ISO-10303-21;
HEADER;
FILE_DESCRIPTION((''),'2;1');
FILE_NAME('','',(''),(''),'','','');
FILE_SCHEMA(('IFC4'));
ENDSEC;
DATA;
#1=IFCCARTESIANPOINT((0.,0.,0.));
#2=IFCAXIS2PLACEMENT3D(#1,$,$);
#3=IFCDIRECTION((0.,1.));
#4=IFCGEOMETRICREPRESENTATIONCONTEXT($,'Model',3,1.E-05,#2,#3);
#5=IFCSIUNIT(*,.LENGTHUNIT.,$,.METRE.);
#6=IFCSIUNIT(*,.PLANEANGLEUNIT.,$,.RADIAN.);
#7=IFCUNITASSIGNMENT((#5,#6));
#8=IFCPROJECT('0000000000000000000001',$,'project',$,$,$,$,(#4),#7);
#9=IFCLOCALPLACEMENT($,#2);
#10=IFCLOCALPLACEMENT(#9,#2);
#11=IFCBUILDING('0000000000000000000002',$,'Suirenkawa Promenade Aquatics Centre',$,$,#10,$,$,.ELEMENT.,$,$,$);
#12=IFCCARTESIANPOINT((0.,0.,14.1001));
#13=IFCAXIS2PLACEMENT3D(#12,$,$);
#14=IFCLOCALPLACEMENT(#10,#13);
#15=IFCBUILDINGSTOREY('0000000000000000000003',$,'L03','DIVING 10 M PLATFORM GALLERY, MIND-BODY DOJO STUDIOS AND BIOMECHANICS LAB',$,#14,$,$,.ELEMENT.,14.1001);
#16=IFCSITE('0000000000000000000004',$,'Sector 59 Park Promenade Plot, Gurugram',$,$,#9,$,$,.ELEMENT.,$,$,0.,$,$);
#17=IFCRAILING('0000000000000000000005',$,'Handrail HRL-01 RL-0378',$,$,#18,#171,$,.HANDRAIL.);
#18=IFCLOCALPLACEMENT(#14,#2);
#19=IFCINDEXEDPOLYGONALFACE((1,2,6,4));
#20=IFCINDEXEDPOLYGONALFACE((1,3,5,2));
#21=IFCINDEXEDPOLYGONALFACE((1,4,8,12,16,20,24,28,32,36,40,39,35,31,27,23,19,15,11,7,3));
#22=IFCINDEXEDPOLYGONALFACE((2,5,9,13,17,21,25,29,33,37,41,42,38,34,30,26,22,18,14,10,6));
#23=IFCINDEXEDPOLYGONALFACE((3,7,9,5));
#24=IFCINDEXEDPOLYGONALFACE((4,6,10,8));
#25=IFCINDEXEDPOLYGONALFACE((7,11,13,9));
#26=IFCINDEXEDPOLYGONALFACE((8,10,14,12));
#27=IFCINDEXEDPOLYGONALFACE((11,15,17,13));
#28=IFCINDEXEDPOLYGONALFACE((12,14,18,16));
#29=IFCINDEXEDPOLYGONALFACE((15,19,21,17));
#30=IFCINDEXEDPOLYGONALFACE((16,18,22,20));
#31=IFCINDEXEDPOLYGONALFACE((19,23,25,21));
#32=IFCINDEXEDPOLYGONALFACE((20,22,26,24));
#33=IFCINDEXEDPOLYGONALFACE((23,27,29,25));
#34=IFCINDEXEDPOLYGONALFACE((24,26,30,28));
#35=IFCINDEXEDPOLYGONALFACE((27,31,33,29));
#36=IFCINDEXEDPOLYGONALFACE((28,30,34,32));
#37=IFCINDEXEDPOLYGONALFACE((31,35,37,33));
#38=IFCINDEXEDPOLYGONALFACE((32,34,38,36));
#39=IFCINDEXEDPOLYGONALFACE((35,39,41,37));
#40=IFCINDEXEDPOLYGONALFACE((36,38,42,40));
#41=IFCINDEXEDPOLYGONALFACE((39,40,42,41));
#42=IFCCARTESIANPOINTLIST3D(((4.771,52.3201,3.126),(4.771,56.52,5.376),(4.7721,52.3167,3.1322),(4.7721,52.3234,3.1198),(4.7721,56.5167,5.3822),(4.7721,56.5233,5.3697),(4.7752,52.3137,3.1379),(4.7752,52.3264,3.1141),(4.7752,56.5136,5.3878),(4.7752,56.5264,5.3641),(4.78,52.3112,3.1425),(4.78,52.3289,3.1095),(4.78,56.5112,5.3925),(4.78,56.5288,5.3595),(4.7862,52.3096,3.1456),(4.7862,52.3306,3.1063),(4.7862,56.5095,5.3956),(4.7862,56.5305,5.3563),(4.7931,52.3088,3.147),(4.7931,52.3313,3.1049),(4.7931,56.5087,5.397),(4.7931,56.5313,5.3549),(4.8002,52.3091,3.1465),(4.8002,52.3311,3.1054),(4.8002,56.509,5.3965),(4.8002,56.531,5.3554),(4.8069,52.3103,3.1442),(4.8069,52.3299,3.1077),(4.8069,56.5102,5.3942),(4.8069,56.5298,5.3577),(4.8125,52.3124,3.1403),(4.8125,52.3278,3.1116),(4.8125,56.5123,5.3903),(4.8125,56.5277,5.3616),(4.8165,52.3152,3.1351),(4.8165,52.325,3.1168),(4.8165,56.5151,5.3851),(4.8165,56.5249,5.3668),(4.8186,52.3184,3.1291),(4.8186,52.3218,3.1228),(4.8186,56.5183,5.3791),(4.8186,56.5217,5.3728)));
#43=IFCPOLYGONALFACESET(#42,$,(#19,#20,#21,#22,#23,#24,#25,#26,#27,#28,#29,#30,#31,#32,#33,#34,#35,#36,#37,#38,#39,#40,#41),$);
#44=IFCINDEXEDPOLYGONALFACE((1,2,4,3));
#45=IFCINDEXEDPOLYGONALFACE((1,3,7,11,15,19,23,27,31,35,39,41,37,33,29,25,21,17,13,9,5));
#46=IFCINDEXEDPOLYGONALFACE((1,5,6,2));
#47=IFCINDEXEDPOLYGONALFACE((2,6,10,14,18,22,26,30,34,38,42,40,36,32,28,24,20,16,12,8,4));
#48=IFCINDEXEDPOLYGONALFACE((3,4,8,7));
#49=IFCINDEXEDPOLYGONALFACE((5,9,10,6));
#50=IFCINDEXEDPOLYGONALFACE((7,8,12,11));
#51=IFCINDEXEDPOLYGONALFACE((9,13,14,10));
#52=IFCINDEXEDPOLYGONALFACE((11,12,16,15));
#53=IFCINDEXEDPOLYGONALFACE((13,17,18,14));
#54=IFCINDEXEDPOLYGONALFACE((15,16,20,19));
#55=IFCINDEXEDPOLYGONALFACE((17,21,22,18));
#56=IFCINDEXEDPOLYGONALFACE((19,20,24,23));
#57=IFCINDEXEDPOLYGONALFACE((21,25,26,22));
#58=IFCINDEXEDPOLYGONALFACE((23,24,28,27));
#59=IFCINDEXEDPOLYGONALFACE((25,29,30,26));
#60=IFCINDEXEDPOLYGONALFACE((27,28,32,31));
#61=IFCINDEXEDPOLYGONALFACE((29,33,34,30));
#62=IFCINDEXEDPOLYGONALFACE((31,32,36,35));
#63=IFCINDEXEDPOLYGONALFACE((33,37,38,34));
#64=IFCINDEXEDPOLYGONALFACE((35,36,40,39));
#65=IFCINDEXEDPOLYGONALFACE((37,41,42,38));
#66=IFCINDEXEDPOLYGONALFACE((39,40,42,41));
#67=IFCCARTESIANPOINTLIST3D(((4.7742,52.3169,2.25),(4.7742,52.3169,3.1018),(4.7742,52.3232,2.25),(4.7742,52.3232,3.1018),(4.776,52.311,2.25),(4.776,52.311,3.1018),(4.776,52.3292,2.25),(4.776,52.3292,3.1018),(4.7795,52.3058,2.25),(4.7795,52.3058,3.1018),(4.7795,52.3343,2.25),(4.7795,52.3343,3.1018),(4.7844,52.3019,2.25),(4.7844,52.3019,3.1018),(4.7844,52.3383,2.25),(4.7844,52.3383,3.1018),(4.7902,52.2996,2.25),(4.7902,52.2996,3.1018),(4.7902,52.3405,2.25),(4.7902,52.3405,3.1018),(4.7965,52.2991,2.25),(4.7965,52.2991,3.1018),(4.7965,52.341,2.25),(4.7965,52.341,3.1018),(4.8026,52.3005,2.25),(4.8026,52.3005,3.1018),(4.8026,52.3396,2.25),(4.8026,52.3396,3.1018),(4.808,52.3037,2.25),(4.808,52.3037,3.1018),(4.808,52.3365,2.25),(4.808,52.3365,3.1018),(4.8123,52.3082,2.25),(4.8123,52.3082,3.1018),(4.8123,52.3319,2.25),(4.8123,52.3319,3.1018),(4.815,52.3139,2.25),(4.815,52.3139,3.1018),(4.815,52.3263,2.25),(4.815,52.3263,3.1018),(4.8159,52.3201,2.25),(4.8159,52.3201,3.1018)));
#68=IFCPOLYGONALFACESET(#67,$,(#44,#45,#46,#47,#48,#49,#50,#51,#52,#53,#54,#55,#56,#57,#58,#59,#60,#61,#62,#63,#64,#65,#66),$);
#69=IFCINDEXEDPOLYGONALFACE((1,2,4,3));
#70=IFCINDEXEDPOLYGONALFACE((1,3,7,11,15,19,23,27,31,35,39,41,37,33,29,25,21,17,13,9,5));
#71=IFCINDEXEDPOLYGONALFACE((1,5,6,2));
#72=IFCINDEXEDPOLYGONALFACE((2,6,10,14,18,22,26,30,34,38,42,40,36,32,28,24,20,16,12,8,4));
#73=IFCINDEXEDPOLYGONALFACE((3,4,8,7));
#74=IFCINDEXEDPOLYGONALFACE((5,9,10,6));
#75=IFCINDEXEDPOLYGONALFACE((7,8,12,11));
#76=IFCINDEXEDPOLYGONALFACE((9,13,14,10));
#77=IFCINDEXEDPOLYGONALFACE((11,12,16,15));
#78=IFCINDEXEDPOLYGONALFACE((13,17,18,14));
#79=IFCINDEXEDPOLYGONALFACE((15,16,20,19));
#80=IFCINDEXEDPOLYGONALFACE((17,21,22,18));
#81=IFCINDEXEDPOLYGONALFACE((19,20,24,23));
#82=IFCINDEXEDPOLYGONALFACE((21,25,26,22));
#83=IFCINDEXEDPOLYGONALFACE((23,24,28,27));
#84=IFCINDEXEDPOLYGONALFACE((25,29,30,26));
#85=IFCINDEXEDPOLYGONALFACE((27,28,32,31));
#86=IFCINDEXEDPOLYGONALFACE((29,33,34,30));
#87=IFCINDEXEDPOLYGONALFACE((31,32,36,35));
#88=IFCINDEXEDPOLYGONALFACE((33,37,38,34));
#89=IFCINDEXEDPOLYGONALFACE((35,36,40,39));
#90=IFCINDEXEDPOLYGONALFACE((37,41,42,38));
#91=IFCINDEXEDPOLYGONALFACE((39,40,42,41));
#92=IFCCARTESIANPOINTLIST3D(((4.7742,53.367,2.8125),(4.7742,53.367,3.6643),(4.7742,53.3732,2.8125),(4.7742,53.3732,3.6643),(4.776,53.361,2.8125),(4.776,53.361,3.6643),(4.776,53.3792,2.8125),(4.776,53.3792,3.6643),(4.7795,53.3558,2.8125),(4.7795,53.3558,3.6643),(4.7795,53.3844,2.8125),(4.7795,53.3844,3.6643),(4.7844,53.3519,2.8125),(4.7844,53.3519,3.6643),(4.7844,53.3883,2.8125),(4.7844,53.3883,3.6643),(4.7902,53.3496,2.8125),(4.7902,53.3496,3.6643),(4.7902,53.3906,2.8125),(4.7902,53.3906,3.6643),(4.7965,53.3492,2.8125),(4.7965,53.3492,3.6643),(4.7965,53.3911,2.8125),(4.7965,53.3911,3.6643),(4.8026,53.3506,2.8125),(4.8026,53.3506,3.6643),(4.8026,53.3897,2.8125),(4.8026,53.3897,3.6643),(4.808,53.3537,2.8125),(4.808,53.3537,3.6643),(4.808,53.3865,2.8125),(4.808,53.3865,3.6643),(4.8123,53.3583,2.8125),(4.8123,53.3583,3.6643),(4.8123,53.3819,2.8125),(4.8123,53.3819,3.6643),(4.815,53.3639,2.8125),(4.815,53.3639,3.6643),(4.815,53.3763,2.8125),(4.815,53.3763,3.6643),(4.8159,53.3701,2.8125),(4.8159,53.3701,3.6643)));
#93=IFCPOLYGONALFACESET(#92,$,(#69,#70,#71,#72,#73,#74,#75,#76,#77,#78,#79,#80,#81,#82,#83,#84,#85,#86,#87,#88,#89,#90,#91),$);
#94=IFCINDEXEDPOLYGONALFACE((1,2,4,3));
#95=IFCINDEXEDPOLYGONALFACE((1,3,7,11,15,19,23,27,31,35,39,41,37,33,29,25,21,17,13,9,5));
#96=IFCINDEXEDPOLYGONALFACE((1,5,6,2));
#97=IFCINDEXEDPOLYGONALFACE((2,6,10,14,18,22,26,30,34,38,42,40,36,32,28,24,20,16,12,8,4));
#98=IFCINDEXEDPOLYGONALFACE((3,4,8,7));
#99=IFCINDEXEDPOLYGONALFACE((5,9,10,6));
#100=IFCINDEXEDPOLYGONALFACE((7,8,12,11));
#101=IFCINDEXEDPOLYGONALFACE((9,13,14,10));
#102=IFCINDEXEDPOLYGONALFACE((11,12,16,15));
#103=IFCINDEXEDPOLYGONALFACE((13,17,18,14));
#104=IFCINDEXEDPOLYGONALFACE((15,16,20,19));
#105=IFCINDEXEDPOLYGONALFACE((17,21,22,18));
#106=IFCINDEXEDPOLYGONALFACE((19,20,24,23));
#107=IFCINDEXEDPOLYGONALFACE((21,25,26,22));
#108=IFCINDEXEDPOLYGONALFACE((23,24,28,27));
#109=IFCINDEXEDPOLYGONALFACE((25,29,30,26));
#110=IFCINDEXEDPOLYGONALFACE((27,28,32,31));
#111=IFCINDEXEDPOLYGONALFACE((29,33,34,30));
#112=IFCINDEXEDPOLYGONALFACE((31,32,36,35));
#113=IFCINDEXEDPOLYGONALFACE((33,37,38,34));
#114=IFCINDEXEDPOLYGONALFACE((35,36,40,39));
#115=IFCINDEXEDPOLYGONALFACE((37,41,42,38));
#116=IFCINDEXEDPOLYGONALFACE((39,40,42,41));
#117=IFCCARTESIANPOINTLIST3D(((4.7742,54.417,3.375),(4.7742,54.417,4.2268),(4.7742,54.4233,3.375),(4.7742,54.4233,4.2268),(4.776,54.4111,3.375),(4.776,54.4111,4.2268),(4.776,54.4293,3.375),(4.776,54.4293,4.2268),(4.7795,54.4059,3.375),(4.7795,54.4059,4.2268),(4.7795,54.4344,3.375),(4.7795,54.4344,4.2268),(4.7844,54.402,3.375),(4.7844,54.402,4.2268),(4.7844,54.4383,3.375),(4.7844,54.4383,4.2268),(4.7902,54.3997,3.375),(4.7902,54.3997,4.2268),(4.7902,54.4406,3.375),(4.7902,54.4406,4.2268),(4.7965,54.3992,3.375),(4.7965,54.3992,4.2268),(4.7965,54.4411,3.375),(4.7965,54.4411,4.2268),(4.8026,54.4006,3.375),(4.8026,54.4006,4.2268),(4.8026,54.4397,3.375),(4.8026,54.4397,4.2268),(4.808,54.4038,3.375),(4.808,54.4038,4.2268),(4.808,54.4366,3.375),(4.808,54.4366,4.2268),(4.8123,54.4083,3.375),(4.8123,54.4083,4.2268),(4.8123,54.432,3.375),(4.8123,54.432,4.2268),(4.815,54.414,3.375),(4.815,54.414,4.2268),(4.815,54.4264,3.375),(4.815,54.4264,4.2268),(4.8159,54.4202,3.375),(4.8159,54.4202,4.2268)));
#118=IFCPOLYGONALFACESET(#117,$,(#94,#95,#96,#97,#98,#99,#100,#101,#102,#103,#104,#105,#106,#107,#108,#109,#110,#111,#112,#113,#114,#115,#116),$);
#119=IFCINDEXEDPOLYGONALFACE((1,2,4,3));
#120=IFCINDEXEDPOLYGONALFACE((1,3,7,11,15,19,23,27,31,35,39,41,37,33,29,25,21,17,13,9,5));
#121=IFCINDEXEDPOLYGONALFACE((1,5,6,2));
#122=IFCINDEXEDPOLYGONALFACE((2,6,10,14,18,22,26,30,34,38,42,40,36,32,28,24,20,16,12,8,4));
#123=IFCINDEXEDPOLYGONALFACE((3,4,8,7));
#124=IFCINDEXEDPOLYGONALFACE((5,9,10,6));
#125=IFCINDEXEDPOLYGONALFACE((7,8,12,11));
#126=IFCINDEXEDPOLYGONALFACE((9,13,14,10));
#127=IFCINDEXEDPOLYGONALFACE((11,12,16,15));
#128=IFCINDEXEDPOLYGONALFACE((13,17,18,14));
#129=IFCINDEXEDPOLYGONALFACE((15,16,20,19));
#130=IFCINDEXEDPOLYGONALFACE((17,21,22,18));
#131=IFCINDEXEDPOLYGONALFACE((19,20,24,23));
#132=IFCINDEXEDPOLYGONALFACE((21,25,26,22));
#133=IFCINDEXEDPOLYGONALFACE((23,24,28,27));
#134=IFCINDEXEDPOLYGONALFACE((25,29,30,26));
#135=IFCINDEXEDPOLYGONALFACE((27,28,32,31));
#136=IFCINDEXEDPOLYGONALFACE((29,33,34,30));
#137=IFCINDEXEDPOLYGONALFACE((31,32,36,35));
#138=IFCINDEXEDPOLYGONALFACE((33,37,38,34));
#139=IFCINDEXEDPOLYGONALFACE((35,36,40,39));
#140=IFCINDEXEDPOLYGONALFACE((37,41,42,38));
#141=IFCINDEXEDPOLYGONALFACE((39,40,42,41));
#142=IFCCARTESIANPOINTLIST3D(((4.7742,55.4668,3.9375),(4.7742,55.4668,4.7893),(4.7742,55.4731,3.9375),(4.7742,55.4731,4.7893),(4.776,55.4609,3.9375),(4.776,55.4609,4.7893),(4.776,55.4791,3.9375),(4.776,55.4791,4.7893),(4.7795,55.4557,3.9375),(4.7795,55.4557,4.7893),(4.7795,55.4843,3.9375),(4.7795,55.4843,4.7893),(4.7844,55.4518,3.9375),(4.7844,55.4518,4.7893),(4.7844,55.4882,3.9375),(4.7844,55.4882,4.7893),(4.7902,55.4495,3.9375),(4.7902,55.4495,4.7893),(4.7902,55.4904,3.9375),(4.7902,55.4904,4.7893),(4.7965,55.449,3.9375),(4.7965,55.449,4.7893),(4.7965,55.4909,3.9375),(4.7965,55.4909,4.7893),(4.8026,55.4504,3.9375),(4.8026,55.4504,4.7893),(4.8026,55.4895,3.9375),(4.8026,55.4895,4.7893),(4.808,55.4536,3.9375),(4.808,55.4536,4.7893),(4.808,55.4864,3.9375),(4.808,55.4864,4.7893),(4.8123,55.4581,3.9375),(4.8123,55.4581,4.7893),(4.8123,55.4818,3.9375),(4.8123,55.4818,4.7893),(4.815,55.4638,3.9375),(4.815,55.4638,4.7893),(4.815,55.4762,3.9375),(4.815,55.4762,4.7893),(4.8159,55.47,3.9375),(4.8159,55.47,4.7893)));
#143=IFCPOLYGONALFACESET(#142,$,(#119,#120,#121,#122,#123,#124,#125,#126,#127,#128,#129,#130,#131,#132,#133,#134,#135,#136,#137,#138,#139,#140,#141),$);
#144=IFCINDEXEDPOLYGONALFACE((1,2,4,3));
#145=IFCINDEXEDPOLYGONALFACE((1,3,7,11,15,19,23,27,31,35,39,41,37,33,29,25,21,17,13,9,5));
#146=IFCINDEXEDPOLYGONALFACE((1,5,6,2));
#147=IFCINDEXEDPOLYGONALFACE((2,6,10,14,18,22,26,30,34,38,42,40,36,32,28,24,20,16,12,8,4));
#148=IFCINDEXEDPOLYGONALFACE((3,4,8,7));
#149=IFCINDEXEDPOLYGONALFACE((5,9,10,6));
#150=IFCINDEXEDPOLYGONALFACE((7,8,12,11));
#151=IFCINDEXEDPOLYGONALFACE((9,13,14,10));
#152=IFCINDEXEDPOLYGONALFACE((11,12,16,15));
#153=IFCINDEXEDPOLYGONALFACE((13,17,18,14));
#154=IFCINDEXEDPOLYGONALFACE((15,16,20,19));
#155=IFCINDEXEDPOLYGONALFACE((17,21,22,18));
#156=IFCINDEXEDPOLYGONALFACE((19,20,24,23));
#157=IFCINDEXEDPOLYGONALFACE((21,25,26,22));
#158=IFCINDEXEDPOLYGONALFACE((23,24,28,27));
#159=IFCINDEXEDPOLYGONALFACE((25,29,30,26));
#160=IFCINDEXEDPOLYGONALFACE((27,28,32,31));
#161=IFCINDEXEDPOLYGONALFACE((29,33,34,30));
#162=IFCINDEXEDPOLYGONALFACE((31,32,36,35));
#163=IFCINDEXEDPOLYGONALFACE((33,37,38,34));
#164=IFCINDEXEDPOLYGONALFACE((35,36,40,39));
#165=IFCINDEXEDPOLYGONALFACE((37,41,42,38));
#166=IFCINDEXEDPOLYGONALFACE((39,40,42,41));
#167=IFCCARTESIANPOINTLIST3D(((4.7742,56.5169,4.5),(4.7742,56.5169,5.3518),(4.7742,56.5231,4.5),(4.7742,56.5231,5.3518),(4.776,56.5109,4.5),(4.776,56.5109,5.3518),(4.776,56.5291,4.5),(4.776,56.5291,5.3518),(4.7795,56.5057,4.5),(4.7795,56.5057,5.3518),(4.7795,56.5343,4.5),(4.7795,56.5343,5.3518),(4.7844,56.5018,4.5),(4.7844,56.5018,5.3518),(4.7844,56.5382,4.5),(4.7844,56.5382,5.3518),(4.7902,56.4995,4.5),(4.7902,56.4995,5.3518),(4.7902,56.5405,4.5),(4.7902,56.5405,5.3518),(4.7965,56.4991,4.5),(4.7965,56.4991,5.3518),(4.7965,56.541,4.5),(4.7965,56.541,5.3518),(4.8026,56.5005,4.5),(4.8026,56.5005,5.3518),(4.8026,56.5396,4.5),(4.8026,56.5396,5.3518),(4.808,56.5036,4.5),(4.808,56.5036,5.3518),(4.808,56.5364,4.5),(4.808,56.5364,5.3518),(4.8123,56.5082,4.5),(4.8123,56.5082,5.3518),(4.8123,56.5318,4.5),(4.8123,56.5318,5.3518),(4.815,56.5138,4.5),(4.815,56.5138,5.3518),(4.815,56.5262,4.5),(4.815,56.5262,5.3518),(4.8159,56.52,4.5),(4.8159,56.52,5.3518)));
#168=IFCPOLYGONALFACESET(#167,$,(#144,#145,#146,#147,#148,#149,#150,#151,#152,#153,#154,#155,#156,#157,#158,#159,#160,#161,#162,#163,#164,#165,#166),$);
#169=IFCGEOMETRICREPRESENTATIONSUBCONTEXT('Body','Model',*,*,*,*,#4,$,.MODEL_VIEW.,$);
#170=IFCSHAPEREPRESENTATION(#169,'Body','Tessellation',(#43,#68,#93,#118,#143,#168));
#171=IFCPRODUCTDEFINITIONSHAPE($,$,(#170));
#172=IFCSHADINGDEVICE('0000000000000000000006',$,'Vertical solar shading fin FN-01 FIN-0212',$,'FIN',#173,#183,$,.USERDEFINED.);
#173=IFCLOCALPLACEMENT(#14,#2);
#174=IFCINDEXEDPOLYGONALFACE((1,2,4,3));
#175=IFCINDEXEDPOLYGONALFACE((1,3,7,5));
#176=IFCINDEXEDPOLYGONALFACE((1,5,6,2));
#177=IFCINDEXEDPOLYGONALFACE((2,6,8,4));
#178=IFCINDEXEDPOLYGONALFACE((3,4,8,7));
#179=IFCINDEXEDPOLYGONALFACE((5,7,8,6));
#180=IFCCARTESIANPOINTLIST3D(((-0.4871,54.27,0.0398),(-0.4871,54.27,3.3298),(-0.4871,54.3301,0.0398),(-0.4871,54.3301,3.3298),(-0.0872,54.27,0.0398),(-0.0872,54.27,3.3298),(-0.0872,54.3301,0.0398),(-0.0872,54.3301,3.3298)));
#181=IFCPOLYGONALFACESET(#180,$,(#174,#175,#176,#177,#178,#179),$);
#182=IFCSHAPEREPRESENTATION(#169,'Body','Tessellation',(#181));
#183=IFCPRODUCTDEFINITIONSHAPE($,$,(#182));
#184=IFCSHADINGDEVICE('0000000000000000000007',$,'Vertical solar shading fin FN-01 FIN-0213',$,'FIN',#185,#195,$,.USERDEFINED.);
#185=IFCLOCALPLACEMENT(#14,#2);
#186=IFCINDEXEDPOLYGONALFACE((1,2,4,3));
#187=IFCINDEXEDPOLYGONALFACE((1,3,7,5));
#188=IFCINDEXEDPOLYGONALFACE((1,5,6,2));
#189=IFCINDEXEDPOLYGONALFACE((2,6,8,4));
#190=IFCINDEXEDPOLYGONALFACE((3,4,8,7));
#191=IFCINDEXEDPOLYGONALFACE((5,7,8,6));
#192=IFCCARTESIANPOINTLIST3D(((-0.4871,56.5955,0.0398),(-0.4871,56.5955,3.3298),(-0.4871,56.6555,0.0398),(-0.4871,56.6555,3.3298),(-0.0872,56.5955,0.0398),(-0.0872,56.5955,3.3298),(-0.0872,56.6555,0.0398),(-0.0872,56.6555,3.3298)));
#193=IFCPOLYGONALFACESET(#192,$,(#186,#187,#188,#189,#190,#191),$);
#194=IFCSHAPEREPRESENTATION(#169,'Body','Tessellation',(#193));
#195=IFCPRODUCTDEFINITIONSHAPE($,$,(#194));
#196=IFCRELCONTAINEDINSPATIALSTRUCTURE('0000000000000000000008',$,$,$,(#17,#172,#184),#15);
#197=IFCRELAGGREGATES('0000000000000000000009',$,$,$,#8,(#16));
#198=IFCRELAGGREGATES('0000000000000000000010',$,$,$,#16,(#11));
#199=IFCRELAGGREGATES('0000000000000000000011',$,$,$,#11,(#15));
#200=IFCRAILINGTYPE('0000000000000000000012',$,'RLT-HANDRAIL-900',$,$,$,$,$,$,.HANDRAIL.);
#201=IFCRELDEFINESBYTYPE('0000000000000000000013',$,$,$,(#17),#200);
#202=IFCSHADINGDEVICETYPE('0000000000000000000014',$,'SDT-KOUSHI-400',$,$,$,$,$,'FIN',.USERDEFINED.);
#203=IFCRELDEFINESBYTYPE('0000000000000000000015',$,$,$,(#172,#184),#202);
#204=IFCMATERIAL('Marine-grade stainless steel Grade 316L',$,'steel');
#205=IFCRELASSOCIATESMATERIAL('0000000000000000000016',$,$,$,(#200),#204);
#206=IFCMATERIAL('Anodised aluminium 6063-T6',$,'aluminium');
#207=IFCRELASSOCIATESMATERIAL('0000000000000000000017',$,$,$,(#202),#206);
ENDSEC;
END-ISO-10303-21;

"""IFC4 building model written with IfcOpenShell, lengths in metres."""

from ifc_helpers import new_model, si_unit, direction, frame, origin, origin_2d, place, context, subcontext, project, spatial, rectangle, circle, extrude, material, type_object, element, save


model = new_model("IFC4")

# Units and contexts
model_context = context("Model", 3, precision=1e-05, world=origin(), true_north=direction((0.0, 1.0)))
body_context = subcontext(model_context, "Body", "Model", "MODEL_VIEW")
ifc_project = project(units=[si_unit("LENGTHUNIT", "METRE"), si_unit("PLANEANGLEUNIT", "RADIAN")], contexts=[model_context])

# Site, building, storey
site_placement = place(None, origin())
site = spatial("IfcSite", under=ifc_project, at=site_placement, Name="Sector 59 Park Promenade Plot, Gurugram", CompositionType="ELEMENT", RefElevation=0.0)
building_placement = place(site_placement, origin())
building = spatial("IfcBuilding", under=site, at=building_placement, Name="Suirenkawa Promenade Aquatics Centre", CompositionType="ELEMENT")
storey_placement = place(building_placement, frame((0.0, 0.0, 14.1001)))
storey = spatial("IfcBuildingStorey", under=building, at=storey_placement, Name="L03", Description="DIVING 10 M PLATFORM GALLERY, MIND-BODY DOJO STUDIOS AND BIOMECHANICS LAB", CompositionType="ELEMENT", Elevation=14.1001)

# Shared definitions
ifc_material_1 = material(Name="Anodised aluminium 6063-T6", Category="aluminium")

# Railing
ifc_material_2 = material(Name="Marine-grade stainless steel Grade 316L", Category="steel")
railing_type_1 = type_object("IfcRailingType", Name="RLT-HANDRAIL-900", PredefinedType="HANDRAIL", material=ifc_material_2)
for number, where, name in (
    (1, (4.7949, 52.3201, 2.25), "Handrail HRL-01 RL-0378"),
):
    element("IfcRailing", number, at=place(storey_placement, frame(where)), inside=storey, type_object=railing_type_1, Name=name, PredefinedType="HANDRAIL", context=body_context, shape_type="SweptSolid", body=[
        extrude(circle(Radius=0.0239, at=origin_2d()), frame((0.0, 0.0, 0.876), z_axis=(0.0, 0.881478, 0.472226), x_axis=(-1.0, 0.0, 0.0)), (0.0, 0.0, 1.0), 4.7646),
        extrude(circle(Radius=0.021, at=origin_2d()), origin(), (0.0, 0.0, 1.0), 0.8518),
        extrude(circle(Radius=0.021, at=origin_2d()), frame((0.0, 1.05, 0.5625)), (0.0, 0.0, 1.0), 0.8518),
        extrude(circle(Radius=0.021, at=origin_2d()), frame((0.0, 2.1001, 1.125)), (0.0, 0.0, 1.0), 0.8518),
        extrude(circle(Radius=0.021, at=origin_2d()), frame((0.0, 3.1499, 1.6875)), (0.0, 0.0, 1.0), 0.8518),
        extrude(circle(Radius=0.021, at=origin_2d()), frame((0.0, 4.2, 2.25)), (0.0, 0.0, 1.0), 0.8518),
    ])

# Shading devices
shading_device_type = type_object("IfcShadingDeviceType", Name="SDT-KOUSHI-400", ElementType="FIN", PredefinedType="USERDEFINED", material=ifc_material_1)
for number, where, z_axis, x_axis, name in (
    (2, (-0.2871, 54.3, 0.0398), (0.0, 0.0, 1.0), (-1.0, 0.0, 0.0), "Vertical solar shading fin FN-01 FIN-0212"),
    (3, (-0.2871, 56.6255, 0.0398), (0.0, 0.0, 1.0), (-1.0, 0.0, 0.0), "Vertical solar shading fin FN-01 FIN-0213"),
):
    element("IfcShadingDevice", number, at=place(storey_placement, frame(where, z_axis=z_axis, x_axis=x_axis)), inside=storey, type_object=shading_device_type, Name=name, ObjectType="FIN", PredefinedType="USERDEFINED", context=body_context, shape_type="SweptSolid", body=[
        extrude(rectangle(XDim=0.3999, YDim=0.0601, at=origin_2d()), origin(), (0.0, 0.0, 1.0), 3.29),
    ])

save(model, "model.ifc")
